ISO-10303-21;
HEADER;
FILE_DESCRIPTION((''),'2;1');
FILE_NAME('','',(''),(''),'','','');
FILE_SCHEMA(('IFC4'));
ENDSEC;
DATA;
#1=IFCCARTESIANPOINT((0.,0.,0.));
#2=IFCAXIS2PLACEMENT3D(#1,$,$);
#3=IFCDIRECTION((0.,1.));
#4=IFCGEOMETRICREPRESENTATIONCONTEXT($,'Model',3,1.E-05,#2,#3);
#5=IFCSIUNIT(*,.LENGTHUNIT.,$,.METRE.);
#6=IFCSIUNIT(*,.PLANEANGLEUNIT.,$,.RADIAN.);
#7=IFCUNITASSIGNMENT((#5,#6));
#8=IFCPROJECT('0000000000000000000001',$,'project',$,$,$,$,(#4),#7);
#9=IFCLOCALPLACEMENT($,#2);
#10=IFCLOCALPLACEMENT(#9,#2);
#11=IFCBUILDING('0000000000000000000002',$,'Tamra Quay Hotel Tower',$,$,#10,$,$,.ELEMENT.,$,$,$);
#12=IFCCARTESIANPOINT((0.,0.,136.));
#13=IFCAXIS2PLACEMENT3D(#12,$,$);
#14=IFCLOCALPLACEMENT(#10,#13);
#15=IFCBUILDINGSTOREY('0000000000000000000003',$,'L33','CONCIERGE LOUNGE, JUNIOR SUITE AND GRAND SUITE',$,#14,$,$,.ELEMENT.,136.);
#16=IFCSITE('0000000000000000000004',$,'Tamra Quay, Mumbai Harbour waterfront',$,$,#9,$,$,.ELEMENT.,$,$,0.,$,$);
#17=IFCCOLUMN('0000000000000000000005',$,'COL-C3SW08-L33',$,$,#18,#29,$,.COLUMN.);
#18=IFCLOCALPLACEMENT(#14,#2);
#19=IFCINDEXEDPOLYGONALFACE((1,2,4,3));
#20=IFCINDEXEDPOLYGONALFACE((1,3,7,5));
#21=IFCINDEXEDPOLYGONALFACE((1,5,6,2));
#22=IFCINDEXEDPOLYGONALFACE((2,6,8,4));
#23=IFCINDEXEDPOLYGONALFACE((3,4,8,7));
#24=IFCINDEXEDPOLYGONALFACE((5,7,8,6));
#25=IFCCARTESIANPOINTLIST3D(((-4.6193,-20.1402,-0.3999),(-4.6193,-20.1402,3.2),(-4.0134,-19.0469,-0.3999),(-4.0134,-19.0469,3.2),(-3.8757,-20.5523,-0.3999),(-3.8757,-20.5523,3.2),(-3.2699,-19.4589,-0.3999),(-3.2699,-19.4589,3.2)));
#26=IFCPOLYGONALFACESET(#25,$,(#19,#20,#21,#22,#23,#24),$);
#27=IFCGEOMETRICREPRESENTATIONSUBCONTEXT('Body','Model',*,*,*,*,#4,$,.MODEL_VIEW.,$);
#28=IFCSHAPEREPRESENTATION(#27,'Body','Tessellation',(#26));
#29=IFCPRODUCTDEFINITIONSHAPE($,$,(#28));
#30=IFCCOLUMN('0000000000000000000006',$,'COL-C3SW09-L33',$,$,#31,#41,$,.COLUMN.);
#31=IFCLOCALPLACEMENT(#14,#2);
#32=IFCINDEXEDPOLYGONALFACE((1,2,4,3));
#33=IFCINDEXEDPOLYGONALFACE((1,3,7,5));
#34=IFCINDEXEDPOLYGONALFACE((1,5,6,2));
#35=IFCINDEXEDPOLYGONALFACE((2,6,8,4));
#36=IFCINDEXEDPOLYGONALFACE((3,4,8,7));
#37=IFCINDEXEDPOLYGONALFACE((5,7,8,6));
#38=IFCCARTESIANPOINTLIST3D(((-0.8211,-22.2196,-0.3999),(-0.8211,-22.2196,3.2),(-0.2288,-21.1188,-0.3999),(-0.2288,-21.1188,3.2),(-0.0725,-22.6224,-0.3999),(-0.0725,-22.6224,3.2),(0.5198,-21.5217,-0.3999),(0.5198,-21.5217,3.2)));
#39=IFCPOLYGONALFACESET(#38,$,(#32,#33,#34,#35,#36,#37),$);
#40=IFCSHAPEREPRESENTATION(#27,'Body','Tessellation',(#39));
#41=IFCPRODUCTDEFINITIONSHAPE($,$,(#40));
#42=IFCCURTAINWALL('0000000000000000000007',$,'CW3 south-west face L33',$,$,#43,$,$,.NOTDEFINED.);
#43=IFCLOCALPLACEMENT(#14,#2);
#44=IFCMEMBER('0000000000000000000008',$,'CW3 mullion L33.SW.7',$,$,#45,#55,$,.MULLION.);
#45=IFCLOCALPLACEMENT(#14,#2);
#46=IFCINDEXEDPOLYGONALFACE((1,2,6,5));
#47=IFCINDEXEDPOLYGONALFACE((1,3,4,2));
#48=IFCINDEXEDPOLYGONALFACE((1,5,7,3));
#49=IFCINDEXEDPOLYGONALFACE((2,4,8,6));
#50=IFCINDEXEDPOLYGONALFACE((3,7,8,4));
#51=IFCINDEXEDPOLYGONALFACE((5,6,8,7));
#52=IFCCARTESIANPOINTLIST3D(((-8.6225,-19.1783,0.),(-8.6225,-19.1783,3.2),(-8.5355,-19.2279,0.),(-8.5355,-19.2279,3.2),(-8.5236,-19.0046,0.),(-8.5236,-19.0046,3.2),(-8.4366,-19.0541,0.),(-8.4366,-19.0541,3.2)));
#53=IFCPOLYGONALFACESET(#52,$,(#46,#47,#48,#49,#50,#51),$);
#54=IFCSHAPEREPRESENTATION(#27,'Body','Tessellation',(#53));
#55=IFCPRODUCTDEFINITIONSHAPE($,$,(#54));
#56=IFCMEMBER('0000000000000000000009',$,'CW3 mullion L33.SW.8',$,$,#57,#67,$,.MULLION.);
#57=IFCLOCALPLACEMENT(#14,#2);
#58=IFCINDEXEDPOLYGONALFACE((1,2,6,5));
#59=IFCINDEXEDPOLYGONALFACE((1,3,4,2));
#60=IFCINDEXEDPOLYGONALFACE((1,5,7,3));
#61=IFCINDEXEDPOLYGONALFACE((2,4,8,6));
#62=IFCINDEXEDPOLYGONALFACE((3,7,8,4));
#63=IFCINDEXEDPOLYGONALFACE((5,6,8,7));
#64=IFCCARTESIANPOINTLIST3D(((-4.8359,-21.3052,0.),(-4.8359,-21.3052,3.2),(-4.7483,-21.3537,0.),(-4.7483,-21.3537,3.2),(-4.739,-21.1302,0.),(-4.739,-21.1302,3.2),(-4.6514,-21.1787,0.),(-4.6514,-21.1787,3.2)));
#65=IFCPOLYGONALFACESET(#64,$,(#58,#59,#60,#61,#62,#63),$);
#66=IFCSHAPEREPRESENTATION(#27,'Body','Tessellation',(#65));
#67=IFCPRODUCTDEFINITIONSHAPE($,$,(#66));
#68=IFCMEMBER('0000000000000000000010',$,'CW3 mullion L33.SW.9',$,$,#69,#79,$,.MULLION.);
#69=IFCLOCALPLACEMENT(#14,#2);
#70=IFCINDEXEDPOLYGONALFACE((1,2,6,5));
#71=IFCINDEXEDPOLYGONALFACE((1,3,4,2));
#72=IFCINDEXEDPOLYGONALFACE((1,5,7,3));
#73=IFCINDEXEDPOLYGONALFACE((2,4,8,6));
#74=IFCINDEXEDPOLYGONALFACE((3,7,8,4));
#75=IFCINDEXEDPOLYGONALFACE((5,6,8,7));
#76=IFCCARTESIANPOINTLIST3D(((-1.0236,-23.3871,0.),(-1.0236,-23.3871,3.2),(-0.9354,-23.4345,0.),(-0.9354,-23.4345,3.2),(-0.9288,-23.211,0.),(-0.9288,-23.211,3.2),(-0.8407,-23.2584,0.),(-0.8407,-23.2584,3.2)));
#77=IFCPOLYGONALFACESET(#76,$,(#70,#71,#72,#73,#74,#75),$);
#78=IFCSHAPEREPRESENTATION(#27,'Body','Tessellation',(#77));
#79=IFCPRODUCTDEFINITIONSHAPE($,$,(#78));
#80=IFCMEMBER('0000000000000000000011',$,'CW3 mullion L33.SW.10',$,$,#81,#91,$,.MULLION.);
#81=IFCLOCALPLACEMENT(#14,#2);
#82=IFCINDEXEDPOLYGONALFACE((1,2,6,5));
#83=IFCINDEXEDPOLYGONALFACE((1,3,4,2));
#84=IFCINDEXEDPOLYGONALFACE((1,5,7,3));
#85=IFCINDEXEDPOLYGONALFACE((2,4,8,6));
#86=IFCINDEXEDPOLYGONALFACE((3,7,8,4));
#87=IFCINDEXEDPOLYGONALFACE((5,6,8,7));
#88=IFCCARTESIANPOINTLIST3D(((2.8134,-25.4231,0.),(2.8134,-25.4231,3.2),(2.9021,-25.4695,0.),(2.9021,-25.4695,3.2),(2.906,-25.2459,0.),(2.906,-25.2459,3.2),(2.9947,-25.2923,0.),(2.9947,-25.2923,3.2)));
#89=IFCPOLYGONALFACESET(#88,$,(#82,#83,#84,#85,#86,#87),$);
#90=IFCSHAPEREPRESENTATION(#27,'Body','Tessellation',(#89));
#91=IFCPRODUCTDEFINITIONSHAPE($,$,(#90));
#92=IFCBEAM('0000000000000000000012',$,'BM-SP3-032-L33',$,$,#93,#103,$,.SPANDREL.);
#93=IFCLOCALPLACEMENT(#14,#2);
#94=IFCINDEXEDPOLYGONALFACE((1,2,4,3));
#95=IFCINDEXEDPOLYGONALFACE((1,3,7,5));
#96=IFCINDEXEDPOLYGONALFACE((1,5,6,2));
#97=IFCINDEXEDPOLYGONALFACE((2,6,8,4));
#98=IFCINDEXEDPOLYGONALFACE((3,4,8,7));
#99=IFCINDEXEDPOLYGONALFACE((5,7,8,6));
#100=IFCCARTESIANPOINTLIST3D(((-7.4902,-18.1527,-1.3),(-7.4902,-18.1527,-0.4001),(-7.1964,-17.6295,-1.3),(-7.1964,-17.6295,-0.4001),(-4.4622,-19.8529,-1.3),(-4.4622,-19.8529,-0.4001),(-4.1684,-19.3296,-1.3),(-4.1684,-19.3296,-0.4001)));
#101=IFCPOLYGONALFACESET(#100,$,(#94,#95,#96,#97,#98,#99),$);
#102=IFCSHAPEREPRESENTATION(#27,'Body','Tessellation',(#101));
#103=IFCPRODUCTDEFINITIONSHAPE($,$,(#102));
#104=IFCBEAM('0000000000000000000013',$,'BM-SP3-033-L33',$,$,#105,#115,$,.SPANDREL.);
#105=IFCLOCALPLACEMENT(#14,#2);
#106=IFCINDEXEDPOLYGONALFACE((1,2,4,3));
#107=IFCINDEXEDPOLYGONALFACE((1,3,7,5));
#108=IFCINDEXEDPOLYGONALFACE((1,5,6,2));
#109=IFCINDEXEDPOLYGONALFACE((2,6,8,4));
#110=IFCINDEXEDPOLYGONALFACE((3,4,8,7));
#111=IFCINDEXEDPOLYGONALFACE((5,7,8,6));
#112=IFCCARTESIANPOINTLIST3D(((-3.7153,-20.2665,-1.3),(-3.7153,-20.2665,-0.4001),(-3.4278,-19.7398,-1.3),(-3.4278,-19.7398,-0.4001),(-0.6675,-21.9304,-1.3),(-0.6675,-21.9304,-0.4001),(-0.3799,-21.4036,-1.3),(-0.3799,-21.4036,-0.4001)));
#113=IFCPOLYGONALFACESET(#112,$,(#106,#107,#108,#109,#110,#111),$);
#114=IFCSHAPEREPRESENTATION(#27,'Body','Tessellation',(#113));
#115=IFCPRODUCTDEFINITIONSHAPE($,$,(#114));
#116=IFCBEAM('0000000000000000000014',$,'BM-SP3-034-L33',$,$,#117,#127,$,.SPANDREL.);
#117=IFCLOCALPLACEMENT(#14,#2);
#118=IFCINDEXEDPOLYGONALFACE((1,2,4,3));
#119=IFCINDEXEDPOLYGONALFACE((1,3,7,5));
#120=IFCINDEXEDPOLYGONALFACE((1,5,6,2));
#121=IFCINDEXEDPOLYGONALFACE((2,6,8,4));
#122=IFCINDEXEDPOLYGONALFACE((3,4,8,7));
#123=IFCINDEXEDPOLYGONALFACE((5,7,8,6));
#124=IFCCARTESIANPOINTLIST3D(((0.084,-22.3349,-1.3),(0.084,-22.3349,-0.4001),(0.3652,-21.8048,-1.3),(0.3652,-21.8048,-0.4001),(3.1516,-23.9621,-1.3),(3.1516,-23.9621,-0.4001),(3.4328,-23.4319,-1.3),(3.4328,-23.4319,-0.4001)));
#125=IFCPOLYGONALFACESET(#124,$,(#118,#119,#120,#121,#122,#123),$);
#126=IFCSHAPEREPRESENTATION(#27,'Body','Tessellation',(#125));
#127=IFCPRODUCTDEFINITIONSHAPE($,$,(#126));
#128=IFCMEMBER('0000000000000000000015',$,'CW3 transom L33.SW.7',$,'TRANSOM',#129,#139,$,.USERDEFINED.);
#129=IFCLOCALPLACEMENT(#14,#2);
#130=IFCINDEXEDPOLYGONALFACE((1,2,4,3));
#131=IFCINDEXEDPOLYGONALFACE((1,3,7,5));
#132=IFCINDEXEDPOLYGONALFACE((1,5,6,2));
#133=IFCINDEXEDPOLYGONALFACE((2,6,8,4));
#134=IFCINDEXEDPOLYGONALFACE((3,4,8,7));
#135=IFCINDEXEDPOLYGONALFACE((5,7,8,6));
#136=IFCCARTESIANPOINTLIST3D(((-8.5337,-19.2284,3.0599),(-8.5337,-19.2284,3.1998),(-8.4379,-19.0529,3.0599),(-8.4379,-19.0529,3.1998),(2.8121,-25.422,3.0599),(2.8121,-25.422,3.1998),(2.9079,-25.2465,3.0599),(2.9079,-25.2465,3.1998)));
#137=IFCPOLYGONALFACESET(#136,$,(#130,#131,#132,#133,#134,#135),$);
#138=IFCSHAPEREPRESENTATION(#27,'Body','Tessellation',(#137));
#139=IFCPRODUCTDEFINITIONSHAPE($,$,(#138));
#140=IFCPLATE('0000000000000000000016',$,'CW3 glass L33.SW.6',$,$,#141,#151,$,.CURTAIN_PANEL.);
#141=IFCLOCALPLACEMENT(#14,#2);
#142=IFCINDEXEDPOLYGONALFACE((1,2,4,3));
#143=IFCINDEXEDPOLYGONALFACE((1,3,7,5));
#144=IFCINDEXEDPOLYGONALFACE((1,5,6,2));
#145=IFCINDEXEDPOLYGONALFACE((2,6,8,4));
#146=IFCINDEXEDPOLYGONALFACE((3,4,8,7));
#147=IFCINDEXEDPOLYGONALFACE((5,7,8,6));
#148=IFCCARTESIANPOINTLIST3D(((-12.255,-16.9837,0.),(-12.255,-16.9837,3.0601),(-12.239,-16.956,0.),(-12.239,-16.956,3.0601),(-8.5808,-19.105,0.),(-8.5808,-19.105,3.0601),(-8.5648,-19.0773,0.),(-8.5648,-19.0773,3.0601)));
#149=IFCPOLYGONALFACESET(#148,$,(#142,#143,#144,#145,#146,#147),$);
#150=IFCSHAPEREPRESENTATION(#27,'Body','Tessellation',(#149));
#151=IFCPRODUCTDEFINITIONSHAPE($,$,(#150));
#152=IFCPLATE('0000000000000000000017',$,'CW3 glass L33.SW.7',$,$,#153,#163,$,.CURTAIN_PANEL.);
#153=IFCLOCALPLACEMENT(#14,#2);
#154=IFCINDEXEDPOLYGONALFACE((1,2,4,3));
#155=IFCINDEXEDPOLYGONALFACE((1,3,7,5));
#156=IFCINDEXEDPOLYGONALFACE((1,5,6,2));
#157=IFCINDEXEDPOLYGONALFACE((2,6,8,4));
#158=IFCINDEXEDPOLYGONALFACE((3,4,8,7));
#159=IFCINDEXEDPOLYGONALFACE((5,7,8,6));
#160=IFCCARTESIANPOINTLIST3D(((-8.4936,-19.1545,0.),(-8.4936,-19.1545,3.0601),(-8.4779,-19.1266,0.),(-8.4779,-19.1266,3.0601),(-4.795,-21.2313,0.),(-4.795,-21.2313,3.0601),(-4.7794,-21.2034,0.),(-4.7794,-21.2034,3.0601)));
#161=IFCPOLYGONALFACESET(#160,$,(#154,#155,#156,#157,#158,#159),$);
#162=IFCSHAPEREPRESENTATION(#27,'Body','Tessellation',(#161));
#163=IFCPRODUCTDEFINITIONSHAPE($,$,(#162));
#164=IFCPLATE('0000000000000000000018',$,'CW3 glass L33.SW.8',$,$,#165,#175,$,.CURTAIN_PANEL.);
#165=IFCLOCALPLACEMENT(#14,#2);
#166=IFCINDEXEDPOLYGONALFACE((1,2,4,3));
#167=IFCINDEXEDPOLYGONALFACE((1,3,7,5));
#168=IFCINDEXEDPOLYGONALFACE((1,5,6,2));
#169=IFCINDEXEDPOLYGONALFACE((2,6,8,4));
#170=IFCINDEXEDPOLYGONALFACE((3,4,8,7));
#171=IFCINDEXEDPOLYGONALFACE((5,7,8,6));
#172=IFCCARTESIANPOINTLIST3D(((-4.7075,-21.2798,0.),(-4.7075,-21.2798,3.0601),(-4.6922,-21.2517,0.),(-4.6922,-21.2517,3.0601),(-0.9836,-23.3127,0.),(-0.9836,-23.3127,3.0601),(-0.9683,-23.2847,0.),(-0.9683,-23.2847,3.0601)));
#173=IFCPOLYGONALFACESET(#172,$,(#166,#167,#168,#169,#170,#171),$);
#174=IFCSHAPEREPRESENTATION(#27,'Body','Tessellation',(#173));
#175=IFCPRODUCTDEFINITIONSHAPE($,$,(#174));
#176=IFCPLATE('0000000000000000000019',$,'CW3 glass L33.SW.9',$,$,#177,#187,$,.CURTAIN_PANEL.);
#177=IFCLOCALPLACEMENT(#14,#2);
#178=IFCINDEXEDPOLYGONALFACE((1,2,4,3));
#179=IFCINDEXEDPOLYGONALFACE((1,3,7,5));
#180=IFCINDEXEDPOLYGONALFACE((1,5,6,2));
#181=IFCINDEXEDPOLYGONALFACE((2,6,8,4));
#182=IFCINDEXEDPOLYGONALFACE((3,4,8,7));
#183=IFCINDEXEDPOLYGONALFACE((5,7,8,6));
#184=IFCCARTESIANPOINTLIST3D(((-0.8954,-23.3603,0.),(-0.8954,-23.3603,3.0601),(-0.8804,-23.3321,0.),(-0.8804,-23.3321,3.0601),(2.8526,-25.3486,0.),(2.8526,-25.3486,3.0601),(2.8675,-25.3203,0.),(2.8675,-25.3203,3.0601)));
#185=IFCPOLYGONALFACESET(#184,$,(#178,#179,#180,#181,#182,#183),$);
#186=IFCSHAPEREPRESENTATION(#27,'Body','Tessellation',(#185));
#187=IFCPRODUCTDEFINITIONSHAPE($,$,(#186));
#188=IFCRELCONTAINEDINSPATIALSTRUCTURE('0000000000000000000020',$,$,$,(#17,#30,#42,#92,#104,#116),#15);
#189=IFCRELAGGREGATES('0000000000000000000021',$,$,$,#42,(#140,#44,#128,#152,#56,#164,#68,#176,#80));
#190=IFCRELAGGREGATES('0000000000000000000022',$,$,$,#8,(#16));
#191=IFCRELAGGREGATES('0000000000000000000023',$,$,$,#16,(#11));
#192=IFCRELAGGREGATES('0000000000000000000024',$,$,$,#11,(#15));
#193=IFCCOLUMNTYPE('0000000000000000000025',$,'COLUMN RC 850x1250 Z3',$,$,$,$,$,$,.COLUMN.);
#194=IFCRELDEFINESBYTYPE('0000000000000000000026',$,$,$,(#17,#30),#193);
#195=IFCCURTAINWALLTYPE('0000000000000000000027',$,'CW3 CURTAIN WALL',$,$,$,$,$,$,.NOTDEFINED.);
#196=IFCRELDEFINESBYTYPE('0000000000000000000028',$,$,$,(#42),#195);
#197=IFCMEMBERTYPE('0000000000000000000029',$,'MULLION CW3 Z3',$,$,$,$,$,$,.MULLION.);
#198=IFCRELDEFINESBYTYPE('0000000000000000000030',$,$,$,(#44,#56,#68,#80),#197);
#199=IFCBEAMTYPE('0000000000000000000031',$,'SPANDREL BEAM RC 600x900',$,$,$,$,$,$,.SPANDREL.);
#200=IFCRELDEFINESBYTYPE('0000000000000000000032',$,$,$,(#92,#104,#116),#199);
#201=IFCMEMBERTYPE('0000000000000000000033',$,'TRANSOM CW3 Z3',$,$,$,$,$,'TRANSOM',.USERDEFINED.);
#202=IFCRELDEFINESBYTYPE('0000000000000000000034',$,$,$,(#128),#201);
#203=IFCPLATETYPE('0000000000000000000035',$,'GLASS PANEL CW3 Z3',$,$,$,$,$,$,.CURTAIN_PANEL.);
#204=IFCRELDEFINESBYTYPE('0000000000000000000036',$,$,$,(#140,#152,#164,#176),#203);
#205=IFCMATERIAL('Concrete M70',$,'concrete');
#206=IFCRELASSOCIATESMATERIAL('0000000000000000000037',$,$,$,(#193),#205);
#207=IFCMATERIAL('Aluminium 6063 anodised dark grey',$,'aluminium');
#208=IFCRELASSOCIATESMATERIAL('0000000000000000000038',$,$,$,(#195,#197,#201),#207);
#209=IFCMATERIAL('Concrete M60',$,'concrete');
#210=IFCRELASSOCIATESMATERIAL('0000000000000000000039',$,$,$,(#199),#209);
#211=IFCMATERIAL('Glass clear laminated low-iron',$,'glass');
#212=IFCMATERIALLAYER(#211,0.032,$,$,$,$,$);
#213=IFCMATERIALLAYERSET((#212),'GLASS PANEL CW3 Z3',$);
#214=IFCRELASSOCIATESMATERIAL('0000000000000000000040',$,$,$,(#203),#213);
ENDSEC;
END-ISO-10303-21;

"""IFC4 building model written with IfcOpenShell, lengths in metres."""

from ifc_helpers import new_model, si_unit, direction, frame, origin, origin_2d, place, context, subcontext, project, spatial, rectangle, extrude, material, layer, layer_set, material_profile, profile_set, type_object, element, aggregate, save


model = new_model("IFC4")

# Units and contexts
model_context = context("Model", 3, precision=1e-05, world=origin(), true_north=direction((0.0, 1.0)))
body_context = subcontext(model_context, "Body", "Model", "MODEL_VIEW")
ifc_project = project(units=[si_unit("LENGTHUNIT", "METRE"), si_unit("PLANEANGLEUNIT", "RADIAN")], contexts=[model_context])

# Site, building, storey
site_placement = place(None, origin())
site = spatial("IfcSite", under=ifc_project, at=site_placement, Name="Tamra Quay, Mumbai Harbour waterfront", CompositionType="ELEMENT", RefElevation=0.0)
building_placement = place(site_placement, origin())
building = spatial("IfcBuilding", under=site, at=building_placement, Name="Tamra Quay Hotel Tower", CompositionType="ELEMENT")
storey_placement = place(building_placement, frame((0.0, 0.0, 136.0)))
storey = spatial("IfcBuildingStorey", under=building, at=storey_placement, Name="L33", Description="CONCIERGE LOUNGE, JUNIOR SUITE AND GRAND SUITE", CompositionType="ELEMENT", Elevation=136.0)

# Columns
ifc_material_1 = material(Name="Concrete M70", Category="concrete")
ifc_material_profile_1 = material_profile(ifc_material_1, rectangle(XDim=1.25, YDim=0.8501, at=origin_2d()), Name="COLUMN RC 850x1250 Z3")
ifc_profile_set_1 = profile_set([ifc_material_profile_1], Name="Concrete M70")
column_type = type_object("IfcColumnType", Name="COLUMN RC 850x1250 Z3", PredefinedType="COLUMN", material=ifc_profile_set_1)
for number, where, z_axis, x_axis, name in (
    (1, (-3.9446, -19.7996, -0.3999), (0.0, 0.0, 1.0), (0.484683, 0.87469, 0.0), "COL-C3SW08-L33"),
    (2, (-0.1506, -21.8706, -0.3999), (0.0, 0.0, 1.0), (0.473876, 0.880592, 0.0), "COL-C3SW09-L33"),
):
    element("IfcColumn", number, at=place(storey_placement, frame(where, z_axis=z_axis, x_axis=x_axis)), inside=storey, type_object=column_type, Name=name, PredefinedType="COLUMN", context=body_context, shape_type="SweptSolid", body=[
        extrude(rectangle(XDim=1.25, YDim=0.8501, at=origin_2d()), origin(), (0.0, 0.0, 1.0), 3.5999),
    ])

# Curtain wall, members
ifc_material_2 = material(Name="Aluminium 6063 anodised dark grey", Category="aluminium")
curtain_wall_type = type_object("IfcCurtainWallType", Name="CW3 CURTAIN WALL", PredefinedType="NOTDEFINED", material=ifc_material_2)
curtain_wall_placement = place(storey_placement, origin())
curtain_wall = element("IfcCurtainWall", 3, at=curtain_wall_placement, inside=storey, type_object=curtain_wall_type, Name="CW3 south-west face L33", PredefinedType="NOTDEFINED")
ifc_material_profile_2 = material_profile(ifc_material_2, rectangle(XDim=0.2, YDim=0.1001, at=origin_2d()), Name="MULLION 100X200")
ifc_profile_set_2 = profile_set([ifc_material_profile_2], Name="Aluminium 6063 anodised dark grey")
member_type_1 = type_object("IfcMemberType", Name="MULLION CW3 Z3", PredefinedType="MULLION", material=ifc_profile_set_2)
member_1_placement = place(storey_placement, frame((-8.5295, -19.1162, 0.0), z_axis=(0.0, 0.0, 1.0), x_axis=(-0.494813, -0.868999, 0.0)))
member_1 = element("IfcMember", 4, at=member_1_placement, type_object=member_type_1, Name="CW3 mullion L33.SW.7", PredefinedType="MULLION", context=body_context, shape_type="SweptSolid", body=[
    extrude(rectangle(XDim=0.2, YDim=0.1001, at=origin_2d()), origin(), (0.0, 0.0, 1.0), 3.2),
])
member_2_placement = place(storey_placement, frame((-4.7437, -21.2419, 0.0), z_axis=(0.0, 0.0, 1.0), x_axis=(-0.484394, -0.87485, 0.0)))
member_2 = element("IfcMember", 5, at=member_2_placement, type_object=member_type_1, Name="CW3 mullion L33.SW.8", PredefinedType="MULLION", context=body_context, shape_type="SweptSolid", body=[
    extrude(rectangle(XDim=0.2, YDim=0.1001, at=origin_2d()), origin(), (0.0, 0.0, 1.0), 3.2),
])
member_3_placement = place(storey_placement, frame((-0.9321, -23.3228, 0.0), z_axis=(0.0, 0.0, 1.0), x_axis=(-0.473908, -0.880574, 0.0)))
member_3 = element("IfcMember", 6, at=member_3_placement, type_object=member_type_1, Name="CW3 mullion L33.SW.9", PredefinedType="MULLION", context=body_context, shape_type="SweptSolid", body=[
    extrude(rectangle(XDim=0.2, YDim=0.1001, at=origin_2d()), origin(), (0.0, 0.0, 1.0), 3.2),
])
member_4_placement = place(storey_placement, frame((2.9041, -25.3577, 0.0), z_axis=(0.0, 0.0, 1.0), x_axis=(-0.463366, -0.886167, 0.0)))
member_4 = element("IfcMember", 7, at=member_4_placement, type_object=member_type_1, Name="CW3 mullion L33.SW.10", PredefinedType="MULLION", context=body_context, shape_type="SweptSolid", body=[
    extrude(rectangle(XDim=0.2, YDim=0.1001, at=origin_2d()), origin(), (0.0, 0.0, 1.0), 3.2),
])

# Beams
ifc_material_3 = material(Name="Concrete M60", Category="concrete")
ifc_material_profile_3 = material_profile(ifc_material_3, rectangle(XDim=0.6001, YDim=0.8999, at=origin_2d()), Name="SPANDREL BEAM RC 600x900")
ifc_profile_set_3 = profile_set([ifc_material_profile_3], Name="Concrete M60")
beam_type = type_object("IfcBeamType", Name="SPANDREL BEAM RC 600x900", PredefinedType="SPANDREL", material=ifc_profile_set_3)
beam_placement = place(storey_placement, frame((-7.3433, -17.8911, -0.8501), z_axis=(0.871956, -0.489584, 0.0), x_axis=(0.489584, 0.871956, 0.0)))
element("IfcBeam", 8, at=beam_placement, inside=storey, type_object=beam_type, Name="BM-SP3-032-L33", PredefinedType="SPANDREL", context=body_context, shape_type="SweptSolid", body=[
    extrude(rectangle(XDim=0.6001, YDim=0.8999, at=origin_2d()), origin(), (0.0, 0.0, 1.0), 3.4727),
])
for number, where, z_axis, x_axis, name in (
    (9, (-3.5715, -20.0032, -0.8501), (0.877732, -0.479153, 0.0), (0.479153, 0.877732, 0.0), "BM-SP3-033-L33"),
    (10, (0.2246, -22.0698, -0.8501), (0.883411, -0.468598, 0.0), (0.468598, 0.883411, 0.0), "BM-SP3-034-L33"),
):
    element("IfcBeam", number, at=place(storey_placement, frame(where, z_axis=z_axis, x_axis=x_axis)), inside=storey, type_object=beam_type, Name=name, PredefinedType="SPANDREL", context=body_context, shape_type="SweptSolid", body=[
        extrude(rectangle(XDim=0.6001, YDim=0.8999, at=origin_2d()), origin(), (0.0, 0.0, 1.0), 3.4724),
    ])

# Member
ifc_material_profile_4 = material_profile(ifc_material_2, rectangle(XDim=0.2, YDim=0.1399, at=origin_2d()), Name="TRANSOM 200X140")
ifc_profile_set_4 = profile_set([ifc_material_profile_4], Name="Aluminium 6063 anodised dark grey")
member_type_2 = type_object("IfcMemberType", Name="TRANSOM CW3 Z3", ElementType="TRANSOM", PredefinedType="USERDEFINED", material=ifc_profile_set_4)
member_5_placement = place(storey_placement, frame((-8.4858, -19.1406, 3.1299), z_axis=(0.877732, -0.479152, 0.0), x_axis=(0.479152, 0.877732, 0.0)))
member_5 = element("IfcMember", 11, at=member_5_placement, type_object=member_type_2, Name="CW3 transom L33.SW.7", ObjectType="TRANSOM", PredefinedType="USERDEFINED", context=body_context, shape_type="SweptSolid", body=[
    extrude(rectangle(XDim=0.2, YDim=0.1399, at=origin_2d()), origin(), (0.0, 0.0, 1.0), 12.9263),
])

# Plates
ifc_material_4 = material(Name="Glass clear laminated low-iron", Category="glass")
ifc_layer_1 = layer(ifc_material_4, 0.032)
ifc_layer_set_1 = layer_set([ifc_layer_1], Name="GLASS PANEL CW3 Z3")
plate_type = type_object("IfcPlateType", Name="GLASS PANEL CW3 Z3", PredefinedType="CURTAIN_PANEL", material=ifc_layer_set_1)
plate_1_placement = place(storey_placement, frame((-10.4099, -18.0305, 0.0), z_axis=(0.0, 0.0, 1.0), x_axis=(0.866025, -0.5, 0.0)))
plate_1 = element("IfcPlate", 12, at=plate_1_placement, type_object=plate_type, Name="CW3 glass L33.SW.6", PredefinedType="CURTAIN_PANEL", context=body_context, shape_type="SweptSolid", body=[
    extrude(rectangle(XDim=4.2427, YDim=0.032, at=origin_2d()), origin(), (0.0, 0.0, 1.0), 3.0601),
])
plate_2_placement = place(storey_placement, frame((-6.6365, -20.179, 0.0), z_axis=(0.0, 0.0, 1.0), x_axis=(0.871942, -0.489609, 0.0)))
plate_2 = element("IfcPlate", 13, at=plate_2_placement, type_object=plate_type, Name="CW3 glass L33.SW.7", PredefinedType="CURTAIN_PANEL", context=body_context, shape_type="SweptSolid", body=[
    extrude(rectangle(XDim=4.2417, YDim=0.032, at=origin_2d()), origin(), (0.0, 0.0, 1.0), 3.0601),
])
plate_3_placement = place(storey_placement, frame((-2.8379, -22.2822, 0.0), z_axis=(0.0, 0.0, 1.0), x_axis=(0.877726, -0.479163, 0.0)))
plate_3 = element("IfcPlate", 14, at=plate_3_placement, type_object=plate_type, Name="CW3 glass L33.SW.8", PredefinedType="CURTAIN_PANEL", context=body_context, shape_type="SweptSolid", body=[
    extrude(rectangle(XDim=4.2427, YDim=0.032, at=origin_2d()), origin(), (0.0, 0.0, 1.0), 3.0601),
])
plate_4_placement = place(storey_placement, frame((0.9861, -24.3403, 0.0), z_axis=(0.0, 0.0, 1.0), x_axis=(0.883391, -0.468636, 0.0)))
plate_4 = element("IfcPlate", 15, at=plate_4_placement, type_object=plate_type, Name="CW3 glass L33.SW.9", PredefinedType="CURTAIN_PANEL", context=body_context, shape_type="SweptSolid", body=[
    extrude(rectangle(XDim=4.2427, YDim=0.032, at=origin_2d()), origin(), (0.0, 0.0, 1.0), 3.0601),
])
aggregate(curtain_wall, [plate_1, member_1, member_5, plate_2, member_2, plate_3, member_3, plate_4, member_4])

save(model, "model.ifc")
